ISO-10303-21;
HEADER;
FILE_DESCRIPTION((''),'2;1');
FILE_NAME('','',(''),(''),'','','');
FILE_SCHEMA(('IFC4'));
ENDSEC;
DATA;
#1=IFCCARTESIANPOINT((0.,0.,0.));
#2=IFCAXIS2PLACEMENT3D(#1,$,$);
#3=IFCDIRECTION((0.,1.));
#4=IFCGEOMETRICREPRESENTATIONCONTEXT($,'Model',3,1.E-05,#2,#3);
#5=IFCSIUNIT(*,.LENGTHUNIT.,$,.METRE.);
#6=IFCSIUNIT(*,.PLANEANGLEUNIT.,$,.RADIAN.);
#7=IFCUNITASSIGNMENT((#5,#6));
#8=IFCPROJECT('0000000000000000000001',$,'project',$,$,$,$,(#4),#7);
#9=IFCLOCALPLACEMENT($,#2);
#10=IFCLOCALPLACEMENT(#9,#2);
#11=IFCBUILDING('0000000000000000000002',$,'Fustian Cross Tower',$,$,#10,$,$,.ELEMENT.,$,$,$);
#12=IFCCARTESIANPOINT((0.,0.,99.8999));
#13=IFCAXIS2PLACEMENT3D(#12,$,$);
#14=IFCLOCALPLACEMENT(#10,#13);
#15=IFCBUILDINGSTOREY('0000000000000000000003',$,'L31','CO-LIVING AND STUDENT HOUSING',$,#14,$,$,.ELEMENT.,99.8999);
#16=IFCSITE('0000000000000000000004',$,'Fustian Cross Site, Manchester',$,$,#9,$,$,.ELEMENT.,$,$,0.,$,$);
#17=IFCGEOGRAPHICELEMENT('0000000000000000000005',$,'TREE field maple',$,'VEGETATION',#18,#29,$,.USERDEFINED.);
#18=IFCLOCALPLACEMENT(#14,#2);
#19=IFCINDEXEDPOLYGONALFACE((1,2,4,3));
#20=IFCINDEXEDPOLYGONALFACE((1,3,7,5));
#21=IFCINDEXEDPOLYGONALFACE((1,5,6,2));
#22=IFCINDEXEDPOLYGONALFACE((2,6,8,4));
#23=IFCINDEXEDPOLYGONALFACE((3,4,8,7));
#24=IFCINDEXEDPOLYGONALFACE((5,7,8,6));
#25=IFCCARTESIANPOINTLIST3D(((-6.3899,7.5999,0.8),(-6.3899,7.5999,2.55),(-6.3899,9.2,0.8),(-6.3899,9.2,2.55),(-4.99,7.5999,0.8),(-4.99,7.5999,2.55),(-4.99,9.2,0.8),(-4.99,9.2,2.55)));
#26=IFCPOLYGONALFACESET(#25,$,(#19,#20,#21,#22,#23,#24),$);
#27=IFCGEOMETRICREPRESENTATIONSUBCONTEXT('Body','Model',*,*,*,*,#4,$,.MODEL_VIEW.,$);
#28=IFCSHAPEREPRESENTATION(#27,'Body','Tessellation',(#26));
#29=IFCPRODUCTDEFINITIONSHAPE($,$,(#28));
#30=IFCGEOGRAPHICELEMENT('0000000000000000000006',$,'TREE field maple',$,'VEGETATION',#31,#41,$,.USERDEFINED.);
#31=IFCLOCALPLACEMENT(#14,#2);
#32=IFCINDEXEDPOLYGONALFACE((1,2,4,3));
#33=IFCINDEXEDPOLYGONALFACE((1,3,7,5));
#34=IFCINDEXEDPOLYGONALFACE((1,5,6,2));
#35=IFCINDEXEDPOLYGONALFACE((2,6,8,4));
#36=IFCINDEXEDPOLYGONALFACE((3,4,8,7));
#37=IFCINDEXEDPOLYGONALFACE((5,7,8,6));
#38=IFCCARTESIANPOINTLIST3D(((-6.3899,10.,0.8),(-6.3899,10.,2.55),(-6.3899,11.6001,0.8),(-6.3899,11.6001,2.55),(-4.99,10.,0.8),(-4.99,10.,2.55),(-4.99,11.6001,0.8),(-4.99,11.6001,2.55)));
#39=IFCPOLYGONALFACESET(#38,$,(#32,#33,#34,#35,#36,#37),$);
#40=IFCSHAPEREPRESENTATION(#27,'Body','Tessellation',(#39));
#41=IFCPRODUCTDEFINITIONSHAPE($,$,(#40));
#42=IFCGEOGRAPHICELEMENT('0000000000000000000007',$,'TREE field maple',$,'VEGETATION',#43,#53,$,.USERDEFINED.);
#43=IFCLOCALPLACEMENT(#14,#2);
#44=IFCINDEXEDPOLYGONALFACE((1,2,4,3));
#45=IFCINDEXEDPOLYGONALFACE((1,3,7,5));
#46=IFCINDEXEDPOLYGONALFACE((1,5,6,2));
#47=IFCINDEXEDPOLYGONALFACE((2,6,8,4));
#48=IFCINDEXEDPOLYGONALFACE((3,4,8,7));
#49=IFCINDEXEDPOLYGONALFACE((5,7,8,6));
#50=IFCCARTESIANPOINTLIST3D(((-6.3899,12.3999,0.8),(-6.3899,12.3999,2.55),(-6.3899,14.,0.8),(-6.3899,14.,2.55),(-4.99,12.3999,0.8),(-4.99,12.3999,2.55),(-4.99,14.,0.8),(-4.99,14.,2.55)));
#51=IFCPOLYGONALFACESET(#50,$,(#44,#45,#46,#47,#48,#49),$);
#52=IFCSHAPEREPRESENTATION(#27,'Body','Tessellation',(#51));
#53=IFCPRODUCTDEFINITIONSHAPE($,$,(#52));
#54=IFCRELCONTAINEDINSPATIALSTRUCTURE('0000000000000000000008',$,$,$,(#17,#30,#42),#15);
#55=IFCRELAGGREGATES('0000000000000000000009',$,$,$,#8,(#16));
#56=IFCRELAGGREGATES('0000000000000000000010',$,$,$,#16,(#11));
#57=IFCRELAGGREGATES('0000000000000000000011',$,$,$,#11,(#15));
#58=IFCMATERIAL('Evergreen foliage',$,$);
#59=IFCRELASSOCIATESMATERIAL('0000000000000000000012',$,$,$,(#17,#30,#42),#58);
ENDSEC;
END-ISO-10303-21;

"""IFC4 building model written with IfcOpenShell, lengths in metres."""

from ifc_helpers import new_model, si_unit, direction, frame, origin, origin_2d, place, context, subcontext, project, spatial, rectangle, extrude, material, element, save


model = new_model("IFC4")

# Units and contexts
model_context = context("Model", 3, precision=1e-05, world=origin(), true_north=direction((0.0, 1.0)))
body_context = subcontext(model_context, "Body", "Model", "MODEL_VIEW")
ifc_project = project(units=[si_unit("LENGTHUNIT", "METRE"), si_unit("PLANEANGLEUNIT", "RADIAN")], contexts=[model_context])

# Site, building, storey
site_placement = place(None, origin())
site = spatial("IfcSite", under=ifc_project, at=site_placement, Name="Fustian Cross Site, Manchester", CompositionType="ELEMENT", RefElevation=0.0)
building_placement = place(site_placement, origin())
building = spatial("IfcBuilding", under=site, at=building_placement, Name="Fustian Cross Tower", CompositionType="ELEMENT")
storey_placement = place(building_placement, frame((0.0, 0.0, 99.8999)))
storey = spatial("IfcBuildingStorey", under=building, at=storey_placement, Name="L31", Description="CO-LIVING AND STUDENT HOUSING", CompositionType="ELEMENT", Elevation=99.8999)

# Geographic elements
ifc_material_1 = material(Name="Evergreen foliage")
for number, where, z_axis, x_axis, name in (
    (1, (-5.6899, 8.3999, 0.8), (0.0, 0.0, 1.0), (1.0, 0.0, 0.0), "TREE field maple"),
    (2, (-5.6899, 10.8, 0.8), (0.0, 0.0, 1.0), (1.0, 0.0, 0.0), "TREE field maple"),
    (3, (-5.6899, 13.2, 0.8), (0.0, 0.0, 1.0), (1.0, 0.0, 0.0), "TREE field maple"),
):
    element("IfcGeographicElement", number, at=place(storey_placement, frame(where, z_axis=z_axis, x_axis=x_axis)), inside=storey, material=ifc_material_1, Name=name, ObjectType="VEGETATION", PredefinedType="USERDEFINED", context=body_context, shape_type="SweptSolid", body=[
        extrude(rectangle(XDim=1.3999, YDim=1.6001, at=origin_2d()), origin(), (0.0, 0.0, 1.0), 1.75),
    ])

save(model, "model.ifc")
